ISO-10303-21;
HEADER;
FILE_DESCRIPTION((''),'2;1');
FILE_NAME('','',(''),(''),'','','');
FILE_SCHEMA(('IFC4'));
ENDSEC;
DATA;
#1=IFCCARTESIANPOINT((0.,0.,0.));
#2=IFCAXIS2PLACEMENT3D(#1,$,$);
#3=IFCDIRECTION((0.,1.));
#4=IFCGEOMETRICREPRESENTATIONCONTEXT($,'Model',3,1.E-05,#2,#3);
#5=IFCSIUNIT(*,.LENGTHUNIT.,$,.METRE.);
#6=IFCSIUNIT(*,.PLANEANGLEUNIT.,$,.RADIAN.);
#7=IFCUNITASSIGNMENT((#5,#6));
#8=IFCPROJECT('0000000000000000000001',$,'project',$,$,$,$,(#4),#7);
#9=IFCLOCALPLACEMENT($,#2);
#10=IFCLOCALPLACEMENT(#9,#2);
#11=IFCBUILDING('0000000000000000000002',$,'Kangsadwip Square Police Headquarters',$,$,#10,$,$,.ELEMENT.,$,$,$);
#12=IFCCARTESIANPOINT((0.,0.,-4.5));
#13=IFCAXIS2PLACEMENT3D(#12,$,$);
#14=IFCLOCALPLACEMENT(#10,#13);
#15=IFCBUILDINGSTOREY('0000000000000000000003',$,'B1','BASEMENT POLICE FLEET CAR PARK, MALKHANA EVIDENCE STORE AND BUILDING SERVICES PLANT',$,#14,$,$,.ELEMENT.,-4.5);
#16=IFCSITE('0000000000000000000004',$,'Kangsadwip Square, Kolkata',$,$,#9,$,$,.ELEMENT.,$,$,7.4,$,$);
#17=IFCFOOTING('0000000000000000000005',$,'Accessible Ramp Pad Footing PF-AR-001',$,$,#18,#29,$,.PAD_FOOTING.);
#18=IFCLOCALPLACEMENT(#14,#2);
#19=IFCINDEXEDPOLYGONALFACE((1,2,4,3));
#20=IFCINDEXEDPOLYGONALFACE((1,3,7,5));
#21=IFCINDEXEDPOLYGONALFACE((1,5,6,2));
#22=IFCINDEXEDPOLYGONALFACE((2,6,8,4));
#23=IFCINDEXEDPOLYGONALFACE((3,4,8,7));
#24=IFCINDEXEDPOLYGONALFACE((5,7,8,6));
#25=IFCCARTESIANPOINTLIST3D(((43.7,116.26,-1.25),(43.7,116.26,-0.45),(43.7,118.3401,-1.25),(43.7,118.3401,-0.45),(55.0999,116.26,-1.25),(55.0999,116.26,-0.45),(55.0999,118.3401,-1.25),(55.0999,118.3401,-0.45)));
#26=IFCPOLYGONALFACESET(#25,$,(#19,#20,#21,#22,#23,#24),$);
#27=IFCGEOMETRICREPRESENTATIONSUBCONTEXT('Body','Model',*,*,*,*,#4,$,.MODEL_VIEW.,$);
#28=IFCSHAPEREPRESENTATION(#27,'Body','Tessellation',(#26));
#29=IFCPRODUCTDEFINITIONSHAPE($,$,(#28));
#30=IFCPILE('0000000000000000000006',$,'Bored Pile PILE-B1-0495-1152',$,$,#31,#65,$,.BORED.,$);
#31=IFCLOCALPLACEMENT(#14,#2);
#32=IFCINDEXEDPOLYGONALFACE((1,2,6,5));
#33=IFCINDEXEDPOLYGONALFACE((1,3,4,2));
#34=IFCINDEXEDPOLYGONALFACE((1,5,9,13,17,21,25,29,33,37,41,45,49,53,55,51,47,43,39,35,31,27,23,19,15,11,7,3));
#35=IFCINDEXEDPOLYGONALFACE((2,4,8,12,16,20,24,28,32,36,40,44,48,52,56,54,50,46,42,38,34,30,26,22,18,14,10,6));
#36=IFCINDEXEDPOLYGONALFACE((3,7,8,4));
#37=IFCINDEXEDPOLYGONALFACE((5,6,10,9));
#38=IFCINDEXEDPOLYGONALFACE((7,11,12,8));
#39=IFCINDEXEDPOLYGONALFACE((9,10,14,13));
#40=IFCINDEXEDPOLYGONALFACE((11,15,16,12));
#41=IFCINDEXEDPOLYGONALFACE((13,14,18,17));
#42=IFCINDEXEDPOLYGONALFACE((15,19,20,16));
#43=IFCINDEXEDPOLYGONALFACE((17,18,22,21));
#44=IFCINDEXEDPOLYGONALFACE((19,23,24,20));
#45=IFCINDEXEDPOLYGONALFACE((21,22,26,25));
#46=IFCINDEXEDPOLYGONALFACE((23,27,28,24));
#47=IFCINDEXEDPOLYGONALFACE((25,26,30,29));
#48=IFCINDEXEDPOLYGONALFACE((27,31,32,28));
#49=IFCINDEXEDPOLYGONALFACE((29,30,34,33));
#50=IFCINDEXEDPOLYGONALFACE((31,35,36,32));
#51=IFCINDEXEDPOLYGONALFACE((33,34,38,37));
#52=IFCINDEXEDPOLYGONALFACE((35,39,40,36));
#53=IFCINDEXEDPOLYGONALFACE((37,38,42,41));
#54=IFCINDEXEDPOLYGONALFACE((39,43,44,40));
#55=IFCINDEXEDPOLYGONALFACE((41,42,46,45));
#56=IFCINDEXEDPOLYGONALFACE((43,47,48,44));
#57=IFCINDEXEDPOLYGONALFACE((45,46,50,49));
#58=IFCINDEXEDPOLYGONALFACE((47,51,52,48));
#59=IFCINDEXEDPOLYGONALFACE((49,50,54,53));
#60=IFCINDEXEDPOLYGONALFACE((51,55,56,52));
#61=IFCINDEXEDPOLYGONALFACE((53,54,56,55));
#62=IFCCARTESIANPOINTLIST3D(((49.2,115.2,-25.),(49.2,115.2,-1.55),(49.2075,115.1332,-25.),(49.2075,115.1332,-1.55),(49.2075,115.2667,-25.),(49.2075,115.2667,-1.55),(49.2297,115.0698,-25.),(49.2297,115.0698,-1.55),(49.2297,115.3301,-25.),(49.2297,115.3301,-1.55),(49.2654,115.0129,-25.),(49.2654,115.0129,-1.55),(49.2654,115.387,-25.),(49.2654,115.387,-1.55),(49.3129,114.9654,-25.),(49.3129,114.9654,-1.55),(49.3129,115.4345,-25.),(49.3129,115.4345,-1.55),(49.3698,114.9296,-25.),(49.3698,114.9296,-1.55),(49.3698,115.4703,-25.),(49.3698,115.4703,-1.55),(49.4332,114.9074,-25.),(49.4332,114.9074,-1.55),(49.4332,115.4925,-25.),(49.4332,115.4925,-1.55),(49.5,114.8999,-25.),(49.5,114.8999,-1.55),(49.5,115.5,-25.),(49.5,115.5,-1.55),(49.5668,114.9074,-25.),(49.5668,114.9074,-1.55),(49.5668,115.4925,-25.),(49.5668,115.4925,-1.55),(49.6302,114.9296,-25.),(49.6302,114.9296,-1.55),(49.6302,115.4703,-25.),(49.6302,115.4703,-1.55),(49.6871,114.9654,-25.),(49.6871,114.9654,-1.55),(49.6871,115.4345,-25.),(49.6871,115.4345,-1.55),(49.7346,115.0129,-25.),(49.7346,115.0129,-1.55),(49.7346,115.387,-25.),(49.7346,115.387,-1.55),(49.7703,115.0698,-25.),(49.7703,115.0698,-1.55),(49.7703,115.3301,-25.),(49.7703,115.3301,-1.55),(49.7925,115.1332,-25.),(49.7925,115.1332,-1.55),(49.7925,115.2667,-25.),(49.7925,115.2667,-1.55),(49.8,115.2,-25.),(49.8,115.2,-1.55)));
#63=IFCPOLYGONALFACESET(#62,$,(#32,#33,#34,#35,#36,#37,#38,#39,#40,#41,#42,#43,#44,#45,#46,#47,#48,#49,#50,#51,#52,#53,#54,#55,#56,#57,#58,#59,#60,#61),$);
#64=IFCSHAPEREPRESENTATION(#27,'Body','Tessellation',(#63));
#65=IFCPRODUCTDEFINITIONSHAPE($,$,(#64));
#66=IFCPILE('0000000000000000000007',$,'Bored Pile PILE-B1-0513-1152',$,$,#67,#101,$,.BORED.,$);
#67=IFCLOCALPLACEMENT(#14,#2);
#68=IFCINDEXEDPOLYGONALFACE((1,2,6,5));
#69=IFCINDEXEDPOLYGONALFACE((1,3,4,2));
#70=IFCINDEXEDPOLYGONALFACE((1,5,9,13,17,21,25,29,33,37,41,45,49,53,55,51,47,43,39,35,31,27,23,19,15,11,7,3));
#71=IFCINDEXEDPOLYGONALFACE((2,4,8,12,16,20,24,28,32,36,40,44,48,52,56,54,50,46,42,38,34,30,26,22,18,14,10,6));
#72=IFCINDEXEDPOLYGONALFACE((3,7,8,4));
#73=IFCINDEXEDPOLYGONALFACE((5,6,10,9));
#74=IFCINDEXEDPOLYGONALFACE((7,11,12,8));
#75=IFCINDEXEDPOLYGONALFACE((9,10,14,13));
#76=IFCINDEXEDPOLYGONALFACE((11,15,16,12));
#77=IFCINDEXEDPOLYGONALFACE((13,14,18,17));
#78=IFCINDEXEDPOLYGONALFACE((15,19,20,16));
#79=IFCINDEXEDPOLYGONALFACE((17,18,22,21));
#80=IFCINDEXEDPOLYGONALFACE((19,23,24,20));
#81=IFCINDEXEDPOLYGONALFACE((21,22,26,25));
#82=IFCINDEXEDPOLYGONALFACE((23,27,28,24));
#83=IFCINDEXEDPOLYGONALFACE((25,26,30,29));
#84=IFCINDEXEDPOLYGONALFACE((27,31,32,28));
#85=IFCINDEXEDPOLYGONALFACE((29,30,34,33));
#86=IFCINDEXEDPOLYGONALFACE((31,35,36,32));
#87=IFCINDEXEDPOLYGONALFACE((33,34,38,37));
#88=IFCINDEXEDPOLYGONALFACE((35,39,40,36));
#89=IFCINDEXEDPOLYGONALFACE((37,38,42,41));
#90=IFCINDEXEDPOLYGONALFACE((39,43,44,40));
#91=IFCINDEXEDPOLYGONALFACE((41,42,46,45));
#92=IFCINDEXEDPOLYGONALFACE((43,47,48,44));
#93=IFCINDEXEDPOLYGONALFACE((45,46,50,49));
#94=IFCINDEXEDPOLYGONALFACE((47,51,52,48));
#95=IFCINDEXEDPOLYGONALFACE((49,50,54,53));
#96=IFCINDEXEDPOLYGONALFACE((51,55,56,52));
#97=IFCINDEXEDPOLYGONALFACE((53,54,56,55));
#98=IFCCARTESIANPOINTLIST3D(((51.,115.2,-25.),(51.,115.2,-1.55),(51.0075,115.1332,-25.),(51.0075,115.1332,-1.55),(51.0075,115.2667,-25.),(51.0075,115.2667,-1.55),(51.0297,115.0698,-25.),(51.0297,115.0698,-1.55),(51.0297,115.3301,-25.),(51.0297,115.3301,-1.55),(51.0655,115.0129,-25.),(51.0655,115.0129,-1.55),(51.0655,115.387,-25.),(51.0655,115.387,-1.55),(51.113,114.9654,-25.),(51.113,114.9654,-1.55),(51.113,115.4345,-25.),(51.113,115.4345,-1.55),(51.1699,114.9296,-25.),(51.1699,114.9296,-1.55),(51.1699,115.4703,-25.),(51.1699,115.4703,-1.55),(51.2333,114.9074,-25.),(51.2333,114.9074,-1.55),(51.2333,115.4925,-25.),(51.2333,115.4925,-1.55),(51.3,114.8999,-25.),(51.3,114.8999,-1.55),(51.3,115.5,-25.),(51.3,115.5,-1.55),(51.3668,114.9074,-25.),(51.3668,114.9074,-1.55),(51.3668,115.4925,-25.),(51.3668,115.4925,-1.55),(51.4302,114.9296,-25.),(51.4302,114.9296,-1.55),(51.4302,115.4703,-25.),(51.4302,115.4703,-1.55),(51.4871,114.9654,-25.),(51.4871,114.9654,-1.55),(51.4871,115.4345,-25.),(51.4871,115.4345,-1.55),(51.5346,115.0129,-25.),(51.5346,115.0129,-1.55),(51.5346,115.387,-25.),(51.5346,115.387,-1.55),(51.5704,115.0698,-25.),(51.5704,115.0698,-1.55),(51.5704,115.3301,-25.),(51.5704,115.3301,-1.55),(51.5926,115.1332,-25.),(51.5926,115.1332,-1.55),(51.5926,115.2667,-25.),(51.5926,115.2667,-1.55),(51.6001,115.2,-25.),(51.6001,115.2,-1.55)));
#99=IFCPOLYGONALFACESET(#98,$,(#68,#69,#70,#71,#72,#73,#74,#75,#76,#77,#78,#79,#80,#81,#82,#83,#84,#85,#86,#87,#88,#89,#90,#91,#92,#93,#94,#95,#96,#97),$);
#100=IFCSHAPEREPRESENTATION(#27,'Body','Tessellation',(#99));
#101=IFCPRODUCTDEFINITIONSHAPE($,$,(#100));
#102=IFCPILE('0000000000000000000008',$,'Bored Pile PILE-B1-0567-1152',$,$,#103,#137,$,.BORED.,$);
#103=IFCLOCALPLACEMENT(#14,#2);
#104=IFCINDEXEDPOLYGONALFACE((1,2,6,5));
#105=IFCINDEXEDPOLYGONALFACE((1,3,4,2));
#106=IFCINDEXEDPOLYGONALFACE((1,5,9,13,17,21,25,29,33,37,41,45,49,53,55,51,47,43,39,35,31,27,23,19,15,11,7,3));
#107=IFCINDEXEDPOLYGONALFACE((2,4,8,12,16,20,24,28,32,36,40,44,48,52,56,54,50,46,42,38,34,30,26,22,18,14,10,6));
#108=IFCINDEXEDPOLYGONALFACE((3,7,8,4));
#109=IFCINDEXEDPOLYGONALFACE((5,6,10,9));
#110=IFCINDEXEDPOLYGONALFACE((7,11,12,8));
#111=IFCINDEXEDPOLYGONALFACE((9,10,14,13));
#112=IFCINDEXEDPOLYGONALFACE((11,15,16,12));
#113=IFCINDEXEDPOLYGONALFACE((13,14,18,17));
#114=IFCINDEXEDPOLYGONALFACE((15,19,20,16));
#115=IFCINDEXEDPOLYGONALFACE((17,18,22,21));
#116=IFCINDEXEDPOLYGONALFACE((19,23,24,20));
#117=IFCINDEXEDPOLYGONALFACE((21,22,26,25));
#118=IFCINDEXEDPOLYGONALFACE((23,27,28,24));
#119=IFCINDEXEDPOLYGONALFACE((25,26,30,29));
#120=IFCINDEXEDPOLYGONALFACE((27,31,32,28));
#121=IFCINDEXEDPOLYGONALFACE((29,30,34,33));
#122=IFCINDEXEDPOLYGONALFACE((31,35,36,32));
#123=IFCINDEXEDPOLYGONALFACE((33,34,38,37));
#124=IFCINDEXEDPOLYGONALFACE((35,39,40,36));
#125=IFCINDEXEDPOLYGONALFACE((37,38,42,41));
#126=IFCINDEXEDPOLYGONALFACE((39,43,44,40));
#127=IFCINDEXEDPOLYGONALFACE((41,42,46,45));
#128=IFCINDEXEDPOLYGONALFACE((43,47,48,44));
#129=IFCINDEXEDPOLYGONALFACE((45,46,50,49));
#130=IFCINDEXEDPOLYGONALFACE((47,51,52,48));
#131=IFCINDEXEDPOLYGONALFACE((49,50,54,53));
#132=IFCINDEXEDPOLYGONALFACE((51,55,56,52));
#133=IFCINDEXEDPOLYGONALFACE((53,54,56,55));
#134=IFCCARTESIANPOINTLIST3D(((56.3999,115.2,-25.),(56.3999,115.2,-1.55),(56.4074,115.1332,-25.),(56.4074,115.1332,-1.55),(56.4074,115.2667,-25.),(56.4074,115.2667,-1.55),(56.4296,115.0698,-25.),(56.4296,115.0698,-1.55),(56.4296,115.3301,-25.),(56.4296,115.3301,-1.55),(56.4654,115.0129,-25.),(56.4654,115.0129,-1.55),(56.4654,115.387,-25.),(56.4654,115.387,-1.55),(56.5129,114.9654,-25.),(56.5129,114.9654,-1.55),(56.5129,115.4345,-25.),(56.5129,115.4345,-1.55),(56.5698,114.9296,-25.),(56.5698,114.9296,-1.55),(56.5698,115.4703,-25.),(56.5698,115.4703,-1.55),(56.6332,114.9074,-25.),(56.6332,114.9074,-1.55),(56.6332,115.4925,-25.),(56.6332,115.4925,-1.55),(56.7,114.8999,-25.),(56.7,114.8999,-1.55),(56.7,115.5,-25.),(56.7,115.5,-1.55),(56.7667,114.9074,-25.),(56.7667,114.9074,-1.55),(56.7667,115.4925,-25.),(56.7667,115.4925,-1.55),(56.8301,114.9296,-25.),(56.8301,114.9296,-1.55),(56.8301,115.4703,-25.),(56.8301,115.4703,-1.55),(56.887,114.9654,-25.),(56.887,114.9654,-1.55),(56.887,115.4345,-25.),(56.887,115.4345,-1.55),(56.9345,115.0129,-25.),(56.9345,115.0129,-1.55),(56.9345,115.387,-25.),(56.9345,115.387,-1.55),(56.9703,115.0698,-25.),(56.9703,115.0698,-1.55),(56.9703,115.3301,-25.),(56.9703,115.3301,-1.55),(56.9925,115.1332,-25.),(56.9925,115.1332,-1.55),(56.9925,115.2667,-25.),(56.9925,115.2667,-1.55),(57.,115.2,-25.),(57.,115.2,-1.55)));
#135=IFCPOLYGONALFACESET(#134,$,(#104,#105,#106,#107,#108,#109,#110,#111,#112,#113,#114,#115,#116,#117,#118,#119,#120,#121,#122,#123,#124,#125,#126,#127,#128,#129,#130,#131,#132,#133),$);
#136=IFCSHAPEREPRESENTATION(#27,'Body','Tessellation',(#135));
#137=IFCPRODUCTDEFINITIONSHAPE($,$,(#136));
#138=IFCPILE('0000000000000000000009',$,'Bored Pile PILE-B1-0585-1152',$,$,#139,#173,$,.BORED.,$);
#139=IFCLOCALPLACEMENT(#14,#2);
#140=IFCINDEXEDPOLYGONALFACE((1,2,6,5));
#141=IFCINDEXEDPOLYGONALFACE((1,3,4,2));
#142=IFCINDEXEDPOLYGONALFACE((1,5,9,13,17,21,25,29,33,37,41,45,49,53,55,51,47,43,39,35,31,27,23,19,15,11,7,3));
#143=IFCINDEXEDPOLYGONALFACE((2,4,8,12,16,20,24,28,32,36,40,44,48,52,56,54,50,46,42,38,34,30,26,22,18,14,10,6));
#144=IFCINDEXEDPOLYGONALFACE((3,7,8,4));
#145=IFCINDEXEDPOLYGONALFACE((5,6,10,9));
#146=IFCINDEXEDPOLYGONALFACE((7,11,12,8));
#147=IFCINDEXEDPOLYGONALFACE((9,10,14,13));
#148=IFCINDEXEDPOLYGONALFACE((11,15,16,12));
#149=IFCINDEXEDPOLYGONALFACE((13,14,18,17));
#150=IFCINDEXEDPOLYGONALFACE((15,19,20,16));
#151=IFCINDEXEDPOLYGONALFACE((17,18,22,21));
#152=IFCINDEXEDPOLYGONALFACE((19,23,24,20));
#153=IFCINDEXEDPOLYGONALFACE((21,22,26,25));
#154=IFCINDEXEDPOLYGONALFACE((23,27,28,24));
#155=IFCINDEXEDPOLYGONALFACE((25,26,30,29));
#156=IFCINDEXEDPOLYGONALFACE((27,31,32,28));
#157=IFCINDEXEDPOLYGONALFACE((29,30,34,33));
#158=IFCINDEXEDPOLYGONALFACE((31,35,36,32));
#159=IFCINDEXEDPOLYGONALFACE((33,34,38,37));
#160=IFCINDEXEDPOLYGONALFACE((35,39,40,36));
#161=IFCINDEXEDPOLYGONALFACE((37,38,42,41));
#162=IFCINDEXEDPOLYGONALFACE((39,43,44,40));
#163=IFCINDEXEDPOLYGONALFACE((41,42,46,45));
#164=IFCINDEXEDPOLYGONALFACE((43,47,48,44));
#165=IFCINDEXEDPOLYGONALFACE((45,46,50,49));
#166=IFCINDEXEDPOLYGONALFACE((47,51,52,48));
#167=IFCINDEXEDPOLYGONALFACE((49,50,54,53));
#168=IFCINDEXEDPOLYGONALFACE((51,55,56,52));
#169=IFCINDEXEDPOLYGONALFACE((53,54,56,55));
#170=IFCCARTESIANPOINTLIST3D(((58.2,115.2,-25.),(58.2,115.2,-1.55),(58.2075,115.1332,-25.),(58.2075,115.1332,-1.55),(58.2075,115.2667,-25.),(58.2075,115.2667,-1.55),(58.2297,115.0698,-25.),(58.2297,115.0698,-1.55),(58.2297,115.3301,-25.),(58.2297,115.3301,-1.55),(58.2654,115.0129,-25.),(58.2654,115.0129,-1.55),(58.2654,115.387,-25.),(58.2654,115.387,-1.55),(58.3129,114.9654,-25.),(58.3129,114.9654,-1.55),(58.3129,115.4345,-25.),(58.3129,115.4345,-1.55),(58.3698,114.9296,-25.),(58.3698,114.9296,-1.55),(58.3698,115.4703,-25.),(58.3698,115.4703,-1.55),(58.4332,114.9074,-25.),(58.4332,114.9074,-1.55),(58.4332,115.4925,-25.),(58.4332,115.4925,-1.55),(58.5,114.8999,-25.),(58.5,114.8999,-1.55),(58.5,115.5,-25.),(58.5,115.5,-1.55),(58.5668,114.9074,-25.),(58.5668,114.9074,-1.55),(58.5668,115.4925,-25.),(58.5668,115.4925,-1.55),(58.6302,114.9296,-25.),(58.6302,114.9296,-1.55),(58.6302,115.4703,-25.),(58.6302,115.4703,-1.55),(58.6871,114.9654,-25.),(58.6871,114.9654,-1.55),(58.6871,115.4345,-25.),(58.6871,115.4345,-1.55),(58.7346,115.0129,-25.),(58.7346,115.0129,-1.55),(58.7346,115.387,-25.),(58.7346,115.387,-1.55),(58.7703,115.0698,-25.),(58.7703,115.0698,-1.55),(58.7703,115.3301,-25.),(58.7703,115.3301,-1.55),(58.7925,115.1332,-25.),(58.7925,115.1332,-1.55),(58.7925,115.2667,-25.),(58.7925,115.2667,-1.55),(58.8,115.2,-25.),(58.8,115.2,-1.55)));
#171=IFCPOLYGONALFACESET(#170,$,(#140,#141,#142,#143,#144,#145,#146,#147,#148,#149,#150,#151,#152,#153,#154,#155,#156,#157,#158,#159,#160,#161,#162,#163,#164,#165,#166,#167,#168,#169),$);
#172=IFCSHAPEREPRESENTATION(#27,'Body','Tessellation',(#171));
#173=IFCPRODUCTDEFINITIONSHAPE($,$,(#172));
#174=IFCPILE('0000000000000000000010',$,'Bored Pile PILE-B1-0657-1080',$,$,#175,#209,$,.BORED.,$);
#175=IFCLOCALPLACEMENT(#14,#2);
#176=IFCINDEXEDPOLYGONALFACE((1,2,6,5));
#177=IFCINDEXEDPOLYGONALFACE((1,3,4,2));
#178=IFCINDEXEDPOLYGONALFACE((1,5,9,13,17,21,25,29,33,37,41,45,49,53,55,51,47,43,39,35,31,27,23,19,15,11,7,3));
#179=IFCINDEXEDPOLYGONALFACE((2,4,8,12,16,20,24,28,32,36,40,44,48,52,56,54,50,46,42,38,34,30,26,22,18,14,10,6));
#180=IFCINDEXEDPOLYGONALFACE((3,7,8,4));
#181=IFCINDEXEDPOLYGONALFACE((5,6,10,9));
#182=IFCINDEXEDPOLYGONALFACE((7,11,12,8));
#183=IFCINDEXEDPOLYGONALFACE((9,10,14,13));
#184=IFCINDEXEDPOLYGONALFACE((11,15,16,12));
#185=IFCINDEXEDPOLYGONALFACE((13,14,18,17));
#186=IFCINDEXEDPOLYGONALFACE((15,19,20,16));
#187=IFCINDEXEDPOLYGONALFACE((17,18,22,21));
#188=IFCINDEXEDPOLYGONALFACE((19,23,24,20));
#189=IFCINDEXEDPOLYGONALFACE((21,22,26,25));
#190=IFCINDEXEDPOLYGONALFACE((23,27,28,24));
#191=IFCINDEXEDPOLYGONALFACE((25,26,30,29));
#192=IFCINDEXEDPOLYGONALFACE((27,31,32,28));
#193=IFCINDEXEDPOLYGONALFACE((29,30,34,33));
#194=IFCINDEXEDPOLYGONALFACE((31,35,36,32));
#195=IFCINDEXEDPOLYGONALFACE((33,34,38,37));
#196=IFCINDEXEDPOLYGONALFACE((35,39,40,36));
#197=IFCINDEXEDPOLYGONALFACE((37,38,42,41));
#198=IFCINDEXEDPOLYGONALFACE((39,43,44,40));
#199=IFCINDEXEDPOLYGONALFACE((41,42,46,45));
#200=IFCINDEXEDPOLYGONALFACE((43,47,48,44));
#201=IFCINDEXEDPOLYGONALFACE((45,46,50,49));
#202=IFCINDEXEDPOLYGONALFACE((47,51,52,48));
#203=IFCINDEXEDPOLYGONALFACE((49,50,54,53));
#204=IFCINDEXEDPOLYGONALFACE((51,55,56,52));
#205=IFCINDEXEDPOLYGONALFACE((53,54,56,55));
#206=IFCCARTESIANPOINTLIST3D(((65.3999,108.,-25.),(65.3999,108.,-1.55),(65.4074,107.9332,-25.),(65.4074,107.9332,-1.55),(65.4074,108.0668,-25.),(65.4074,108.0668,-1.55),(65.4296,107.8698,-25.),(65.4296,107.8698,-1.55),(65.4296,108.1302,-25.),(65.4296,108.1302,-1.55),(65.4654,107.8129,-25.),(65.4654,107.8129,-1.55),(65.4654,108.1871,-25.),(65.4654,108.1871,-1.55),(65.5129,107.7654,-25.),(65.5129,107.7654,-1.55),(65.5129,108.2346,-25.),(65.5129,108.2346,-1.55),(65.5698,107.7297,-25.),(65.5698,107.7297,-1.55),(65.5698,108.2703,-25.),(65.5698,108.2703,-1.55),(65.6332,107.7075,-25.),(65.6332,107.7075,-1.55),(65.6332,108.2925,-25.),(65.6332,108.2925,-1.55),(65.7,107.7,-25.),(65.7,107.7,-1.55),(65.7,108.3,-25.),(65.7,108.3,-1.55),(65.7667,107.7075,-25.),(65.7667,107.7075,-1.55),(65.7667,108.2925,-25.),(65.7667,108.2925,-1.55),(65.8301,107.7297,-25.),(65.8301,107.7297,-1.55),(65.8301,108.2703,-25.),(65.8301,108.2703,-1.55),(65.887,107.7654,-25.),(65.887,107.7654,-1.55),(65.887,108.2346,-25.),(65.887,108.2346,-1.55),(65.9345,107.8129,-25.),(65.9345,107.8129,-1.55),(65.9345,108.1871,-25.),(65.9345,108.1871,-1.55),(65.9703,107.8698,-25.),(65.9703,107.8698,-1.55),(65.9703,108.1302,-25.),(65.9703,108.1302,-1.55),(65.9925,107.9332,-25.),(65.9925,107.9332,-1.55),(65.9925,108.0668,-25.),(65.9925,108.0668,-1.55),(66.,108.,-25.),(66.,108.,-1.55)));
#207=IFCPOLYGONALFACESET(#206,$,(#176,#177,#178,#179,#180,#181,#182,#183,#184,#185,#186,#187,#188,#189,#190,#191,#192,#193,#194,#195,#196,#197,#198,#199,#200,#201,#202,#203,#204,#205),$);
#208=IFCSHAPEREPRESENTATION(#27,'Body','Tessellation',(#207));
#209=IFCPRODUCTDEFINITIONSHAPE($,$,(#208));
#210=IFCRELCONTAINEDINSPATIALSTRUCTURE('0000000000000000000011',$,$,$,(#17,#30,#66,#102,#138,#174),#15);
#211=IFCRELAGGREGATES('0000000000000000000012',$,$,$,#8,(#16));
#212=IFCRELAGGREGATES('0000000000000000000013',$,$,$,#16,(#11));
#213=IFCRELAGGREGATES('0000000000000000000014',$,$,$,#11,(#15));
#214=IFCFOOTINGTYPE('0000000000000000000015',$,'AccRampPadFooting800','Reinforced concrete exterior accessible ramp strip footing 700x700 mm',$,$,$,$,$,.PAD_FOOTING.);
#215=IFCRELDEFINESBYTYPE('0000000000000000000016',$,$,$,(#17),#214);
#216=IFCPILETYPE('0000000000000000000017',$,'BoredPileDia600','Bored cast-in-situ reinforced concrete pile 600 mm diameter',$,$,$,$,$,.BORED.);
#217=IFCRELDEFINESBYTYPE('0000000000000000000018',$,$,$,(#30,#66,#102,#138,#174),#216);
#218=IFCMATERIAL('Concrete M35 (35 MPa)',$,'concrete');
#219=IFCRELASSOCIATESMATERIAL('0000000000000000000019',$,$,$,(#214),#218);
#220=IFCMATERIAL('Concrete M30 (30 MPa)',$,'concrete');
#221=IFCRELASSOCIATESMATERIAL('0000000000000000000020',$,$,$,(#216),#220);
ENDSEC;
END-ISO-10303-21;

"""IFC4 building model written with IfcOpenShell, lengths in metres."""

from ifc_helpers import new_model, si_unit, direction, frame, origin, origin_2d, place, context, subcontext, project, spatial, rectangle, circle, extrude, material, material_profile, profile_set, type_object, element, save


model = new_model("IFC4")

# Units and contexts
model_context = context("Model", 3, precision=1e-05, world=origin(), true_north=direction((0.0, 1.0)))
body_context = subcontext(model_context, "Body", "Model", "MODEL_VIEW")
ifc_project = project(units=[si_unit("LENGTHUNIT", "METRE"), si_unit("PLANEANGLEUNIT", "RADIAN")], contexts=[model_context])

# Site, building, storey
site_placement = place(None, origin())
site = spatial("IfcSite", under=ifc_project, at=site_placement, Name="Kangsadwip Square, Kolkata", CompositionType="ELEMENT", RefElevation=7.4)
building_placement = place(site_placement, origin())
building = spatial("IfcBuilding", under=site, at=building_placement, Name="Kangsadwip Square Police Headquarters", CompositionType="ELEMENT")
storey_placement = place(building_placement, frame((0.0, 0.0, -4.5)))
storey = spatial("IfcBuildingStorey", under=building, at=storey_placement, Name="B1", Description="BASEMENT POLICE FLEET CAR PARK, MALKHANA EVIDENCE STORE AND BUILDING SERVICES PLANT", CompositionType="ELEMENT", Elevation=-4.5)

# Footing
ifc_material_1 = material(Name="Concrete M35 (35 MPa)", Category="concrete")
footing_type_1 = type_object("IfcFootingType", Name="AccRampPadFooting800", Description="Reinforced concrete exterior accessible ramp strip footing 700x700 mm", PredefinedType="PAD_FOOTING", material=ifc_material_1)
footing_placement = place(storey_placement, frame((49.3999, 117.3, -1.25), z_axis=(0.0, 0.0, 1.0), x_axis=(1.0, 0.0, 0.0)))
element("IfcFooting", 1, at=footing_placement, inside=storey, type_object=footing_type_1, Name="Accessible Ramp Pad Footing PF-AR-001", PredefinedType="PAD_FOOTING", context=body_context, shape_type="SweptSolid", body=[
    extrude(rectangle(XDim=11.3999, YDim=2.0801, at=origin_2d()), origin(), (0.0, 0.0, 1.0), 0.8),
])

# Piles
ifc_material_2 = material(Name="Concrete M30 (30 MPa)", Category="concrete")
ifc_material_profile_1 = material_profile(ifc_material_2, circle(Radius=0.3, at=origin_2d()), Name="PILE DIA 600")
ifc_profile_set_1 = profile_set([ifc_material_profile_1], Name="Concrete M30 (30 MPa)")
pile_type = type_object("IfcPileType", Name="BoredPileDia600", Description="Bored cast-in-situ reinforced concrete pile 600 mm diameter", PredefinedType="BORED", material=ifc_profile_set_1)
for number, where, z_axis, x_axis, name in (
    (2, (49.5, 115.2, -1.55), (0.0, 0.0, -1.0), (1.0, 0.0, 0.0), "Bored Pile PILE-B1-0495-1152"),
    (3, (51.3, 115.2, -1.55), (0.0, 0.0, -1.0), (1.0, 0.0, 0.0), "Bored Pile PILE-B1-0513-1152"),
    (4, (56.7, 115.2, -1.55), (0.0, 0.0, -1.0), (1.0, 0.0, 0.0), "Bored Pile PILE-B1-0567-1152"),
    (5, (58.5, 115.2, -1.55), (0.0, 0.0, -1.0), (1.0, 0.0, 0.0), "Bored Pile PILE-B1-0585-1152"),
    (6, (65.7, 108.0, -1.55), (0.0, 0.0, -1.0), (1.0, 0.0, 0.0), "Bored Pile PILE-B1-0657-1080"),
):
    element("IfcPile", number, at=place(storey_placement, frame(where, z_axis=z_axis, x_axis=x_axis)), inside=storey, type_object=pile_type, Name=name, PredefinedType="BORED", context=body_context, shape_type="SweptSolid", body=[
        extrude(circle(Radius=0.3, at=origin_2d()), origin(), (0.0, 0.0, 1.0), 23.45),
    ])

save(model, "model.ifc")
